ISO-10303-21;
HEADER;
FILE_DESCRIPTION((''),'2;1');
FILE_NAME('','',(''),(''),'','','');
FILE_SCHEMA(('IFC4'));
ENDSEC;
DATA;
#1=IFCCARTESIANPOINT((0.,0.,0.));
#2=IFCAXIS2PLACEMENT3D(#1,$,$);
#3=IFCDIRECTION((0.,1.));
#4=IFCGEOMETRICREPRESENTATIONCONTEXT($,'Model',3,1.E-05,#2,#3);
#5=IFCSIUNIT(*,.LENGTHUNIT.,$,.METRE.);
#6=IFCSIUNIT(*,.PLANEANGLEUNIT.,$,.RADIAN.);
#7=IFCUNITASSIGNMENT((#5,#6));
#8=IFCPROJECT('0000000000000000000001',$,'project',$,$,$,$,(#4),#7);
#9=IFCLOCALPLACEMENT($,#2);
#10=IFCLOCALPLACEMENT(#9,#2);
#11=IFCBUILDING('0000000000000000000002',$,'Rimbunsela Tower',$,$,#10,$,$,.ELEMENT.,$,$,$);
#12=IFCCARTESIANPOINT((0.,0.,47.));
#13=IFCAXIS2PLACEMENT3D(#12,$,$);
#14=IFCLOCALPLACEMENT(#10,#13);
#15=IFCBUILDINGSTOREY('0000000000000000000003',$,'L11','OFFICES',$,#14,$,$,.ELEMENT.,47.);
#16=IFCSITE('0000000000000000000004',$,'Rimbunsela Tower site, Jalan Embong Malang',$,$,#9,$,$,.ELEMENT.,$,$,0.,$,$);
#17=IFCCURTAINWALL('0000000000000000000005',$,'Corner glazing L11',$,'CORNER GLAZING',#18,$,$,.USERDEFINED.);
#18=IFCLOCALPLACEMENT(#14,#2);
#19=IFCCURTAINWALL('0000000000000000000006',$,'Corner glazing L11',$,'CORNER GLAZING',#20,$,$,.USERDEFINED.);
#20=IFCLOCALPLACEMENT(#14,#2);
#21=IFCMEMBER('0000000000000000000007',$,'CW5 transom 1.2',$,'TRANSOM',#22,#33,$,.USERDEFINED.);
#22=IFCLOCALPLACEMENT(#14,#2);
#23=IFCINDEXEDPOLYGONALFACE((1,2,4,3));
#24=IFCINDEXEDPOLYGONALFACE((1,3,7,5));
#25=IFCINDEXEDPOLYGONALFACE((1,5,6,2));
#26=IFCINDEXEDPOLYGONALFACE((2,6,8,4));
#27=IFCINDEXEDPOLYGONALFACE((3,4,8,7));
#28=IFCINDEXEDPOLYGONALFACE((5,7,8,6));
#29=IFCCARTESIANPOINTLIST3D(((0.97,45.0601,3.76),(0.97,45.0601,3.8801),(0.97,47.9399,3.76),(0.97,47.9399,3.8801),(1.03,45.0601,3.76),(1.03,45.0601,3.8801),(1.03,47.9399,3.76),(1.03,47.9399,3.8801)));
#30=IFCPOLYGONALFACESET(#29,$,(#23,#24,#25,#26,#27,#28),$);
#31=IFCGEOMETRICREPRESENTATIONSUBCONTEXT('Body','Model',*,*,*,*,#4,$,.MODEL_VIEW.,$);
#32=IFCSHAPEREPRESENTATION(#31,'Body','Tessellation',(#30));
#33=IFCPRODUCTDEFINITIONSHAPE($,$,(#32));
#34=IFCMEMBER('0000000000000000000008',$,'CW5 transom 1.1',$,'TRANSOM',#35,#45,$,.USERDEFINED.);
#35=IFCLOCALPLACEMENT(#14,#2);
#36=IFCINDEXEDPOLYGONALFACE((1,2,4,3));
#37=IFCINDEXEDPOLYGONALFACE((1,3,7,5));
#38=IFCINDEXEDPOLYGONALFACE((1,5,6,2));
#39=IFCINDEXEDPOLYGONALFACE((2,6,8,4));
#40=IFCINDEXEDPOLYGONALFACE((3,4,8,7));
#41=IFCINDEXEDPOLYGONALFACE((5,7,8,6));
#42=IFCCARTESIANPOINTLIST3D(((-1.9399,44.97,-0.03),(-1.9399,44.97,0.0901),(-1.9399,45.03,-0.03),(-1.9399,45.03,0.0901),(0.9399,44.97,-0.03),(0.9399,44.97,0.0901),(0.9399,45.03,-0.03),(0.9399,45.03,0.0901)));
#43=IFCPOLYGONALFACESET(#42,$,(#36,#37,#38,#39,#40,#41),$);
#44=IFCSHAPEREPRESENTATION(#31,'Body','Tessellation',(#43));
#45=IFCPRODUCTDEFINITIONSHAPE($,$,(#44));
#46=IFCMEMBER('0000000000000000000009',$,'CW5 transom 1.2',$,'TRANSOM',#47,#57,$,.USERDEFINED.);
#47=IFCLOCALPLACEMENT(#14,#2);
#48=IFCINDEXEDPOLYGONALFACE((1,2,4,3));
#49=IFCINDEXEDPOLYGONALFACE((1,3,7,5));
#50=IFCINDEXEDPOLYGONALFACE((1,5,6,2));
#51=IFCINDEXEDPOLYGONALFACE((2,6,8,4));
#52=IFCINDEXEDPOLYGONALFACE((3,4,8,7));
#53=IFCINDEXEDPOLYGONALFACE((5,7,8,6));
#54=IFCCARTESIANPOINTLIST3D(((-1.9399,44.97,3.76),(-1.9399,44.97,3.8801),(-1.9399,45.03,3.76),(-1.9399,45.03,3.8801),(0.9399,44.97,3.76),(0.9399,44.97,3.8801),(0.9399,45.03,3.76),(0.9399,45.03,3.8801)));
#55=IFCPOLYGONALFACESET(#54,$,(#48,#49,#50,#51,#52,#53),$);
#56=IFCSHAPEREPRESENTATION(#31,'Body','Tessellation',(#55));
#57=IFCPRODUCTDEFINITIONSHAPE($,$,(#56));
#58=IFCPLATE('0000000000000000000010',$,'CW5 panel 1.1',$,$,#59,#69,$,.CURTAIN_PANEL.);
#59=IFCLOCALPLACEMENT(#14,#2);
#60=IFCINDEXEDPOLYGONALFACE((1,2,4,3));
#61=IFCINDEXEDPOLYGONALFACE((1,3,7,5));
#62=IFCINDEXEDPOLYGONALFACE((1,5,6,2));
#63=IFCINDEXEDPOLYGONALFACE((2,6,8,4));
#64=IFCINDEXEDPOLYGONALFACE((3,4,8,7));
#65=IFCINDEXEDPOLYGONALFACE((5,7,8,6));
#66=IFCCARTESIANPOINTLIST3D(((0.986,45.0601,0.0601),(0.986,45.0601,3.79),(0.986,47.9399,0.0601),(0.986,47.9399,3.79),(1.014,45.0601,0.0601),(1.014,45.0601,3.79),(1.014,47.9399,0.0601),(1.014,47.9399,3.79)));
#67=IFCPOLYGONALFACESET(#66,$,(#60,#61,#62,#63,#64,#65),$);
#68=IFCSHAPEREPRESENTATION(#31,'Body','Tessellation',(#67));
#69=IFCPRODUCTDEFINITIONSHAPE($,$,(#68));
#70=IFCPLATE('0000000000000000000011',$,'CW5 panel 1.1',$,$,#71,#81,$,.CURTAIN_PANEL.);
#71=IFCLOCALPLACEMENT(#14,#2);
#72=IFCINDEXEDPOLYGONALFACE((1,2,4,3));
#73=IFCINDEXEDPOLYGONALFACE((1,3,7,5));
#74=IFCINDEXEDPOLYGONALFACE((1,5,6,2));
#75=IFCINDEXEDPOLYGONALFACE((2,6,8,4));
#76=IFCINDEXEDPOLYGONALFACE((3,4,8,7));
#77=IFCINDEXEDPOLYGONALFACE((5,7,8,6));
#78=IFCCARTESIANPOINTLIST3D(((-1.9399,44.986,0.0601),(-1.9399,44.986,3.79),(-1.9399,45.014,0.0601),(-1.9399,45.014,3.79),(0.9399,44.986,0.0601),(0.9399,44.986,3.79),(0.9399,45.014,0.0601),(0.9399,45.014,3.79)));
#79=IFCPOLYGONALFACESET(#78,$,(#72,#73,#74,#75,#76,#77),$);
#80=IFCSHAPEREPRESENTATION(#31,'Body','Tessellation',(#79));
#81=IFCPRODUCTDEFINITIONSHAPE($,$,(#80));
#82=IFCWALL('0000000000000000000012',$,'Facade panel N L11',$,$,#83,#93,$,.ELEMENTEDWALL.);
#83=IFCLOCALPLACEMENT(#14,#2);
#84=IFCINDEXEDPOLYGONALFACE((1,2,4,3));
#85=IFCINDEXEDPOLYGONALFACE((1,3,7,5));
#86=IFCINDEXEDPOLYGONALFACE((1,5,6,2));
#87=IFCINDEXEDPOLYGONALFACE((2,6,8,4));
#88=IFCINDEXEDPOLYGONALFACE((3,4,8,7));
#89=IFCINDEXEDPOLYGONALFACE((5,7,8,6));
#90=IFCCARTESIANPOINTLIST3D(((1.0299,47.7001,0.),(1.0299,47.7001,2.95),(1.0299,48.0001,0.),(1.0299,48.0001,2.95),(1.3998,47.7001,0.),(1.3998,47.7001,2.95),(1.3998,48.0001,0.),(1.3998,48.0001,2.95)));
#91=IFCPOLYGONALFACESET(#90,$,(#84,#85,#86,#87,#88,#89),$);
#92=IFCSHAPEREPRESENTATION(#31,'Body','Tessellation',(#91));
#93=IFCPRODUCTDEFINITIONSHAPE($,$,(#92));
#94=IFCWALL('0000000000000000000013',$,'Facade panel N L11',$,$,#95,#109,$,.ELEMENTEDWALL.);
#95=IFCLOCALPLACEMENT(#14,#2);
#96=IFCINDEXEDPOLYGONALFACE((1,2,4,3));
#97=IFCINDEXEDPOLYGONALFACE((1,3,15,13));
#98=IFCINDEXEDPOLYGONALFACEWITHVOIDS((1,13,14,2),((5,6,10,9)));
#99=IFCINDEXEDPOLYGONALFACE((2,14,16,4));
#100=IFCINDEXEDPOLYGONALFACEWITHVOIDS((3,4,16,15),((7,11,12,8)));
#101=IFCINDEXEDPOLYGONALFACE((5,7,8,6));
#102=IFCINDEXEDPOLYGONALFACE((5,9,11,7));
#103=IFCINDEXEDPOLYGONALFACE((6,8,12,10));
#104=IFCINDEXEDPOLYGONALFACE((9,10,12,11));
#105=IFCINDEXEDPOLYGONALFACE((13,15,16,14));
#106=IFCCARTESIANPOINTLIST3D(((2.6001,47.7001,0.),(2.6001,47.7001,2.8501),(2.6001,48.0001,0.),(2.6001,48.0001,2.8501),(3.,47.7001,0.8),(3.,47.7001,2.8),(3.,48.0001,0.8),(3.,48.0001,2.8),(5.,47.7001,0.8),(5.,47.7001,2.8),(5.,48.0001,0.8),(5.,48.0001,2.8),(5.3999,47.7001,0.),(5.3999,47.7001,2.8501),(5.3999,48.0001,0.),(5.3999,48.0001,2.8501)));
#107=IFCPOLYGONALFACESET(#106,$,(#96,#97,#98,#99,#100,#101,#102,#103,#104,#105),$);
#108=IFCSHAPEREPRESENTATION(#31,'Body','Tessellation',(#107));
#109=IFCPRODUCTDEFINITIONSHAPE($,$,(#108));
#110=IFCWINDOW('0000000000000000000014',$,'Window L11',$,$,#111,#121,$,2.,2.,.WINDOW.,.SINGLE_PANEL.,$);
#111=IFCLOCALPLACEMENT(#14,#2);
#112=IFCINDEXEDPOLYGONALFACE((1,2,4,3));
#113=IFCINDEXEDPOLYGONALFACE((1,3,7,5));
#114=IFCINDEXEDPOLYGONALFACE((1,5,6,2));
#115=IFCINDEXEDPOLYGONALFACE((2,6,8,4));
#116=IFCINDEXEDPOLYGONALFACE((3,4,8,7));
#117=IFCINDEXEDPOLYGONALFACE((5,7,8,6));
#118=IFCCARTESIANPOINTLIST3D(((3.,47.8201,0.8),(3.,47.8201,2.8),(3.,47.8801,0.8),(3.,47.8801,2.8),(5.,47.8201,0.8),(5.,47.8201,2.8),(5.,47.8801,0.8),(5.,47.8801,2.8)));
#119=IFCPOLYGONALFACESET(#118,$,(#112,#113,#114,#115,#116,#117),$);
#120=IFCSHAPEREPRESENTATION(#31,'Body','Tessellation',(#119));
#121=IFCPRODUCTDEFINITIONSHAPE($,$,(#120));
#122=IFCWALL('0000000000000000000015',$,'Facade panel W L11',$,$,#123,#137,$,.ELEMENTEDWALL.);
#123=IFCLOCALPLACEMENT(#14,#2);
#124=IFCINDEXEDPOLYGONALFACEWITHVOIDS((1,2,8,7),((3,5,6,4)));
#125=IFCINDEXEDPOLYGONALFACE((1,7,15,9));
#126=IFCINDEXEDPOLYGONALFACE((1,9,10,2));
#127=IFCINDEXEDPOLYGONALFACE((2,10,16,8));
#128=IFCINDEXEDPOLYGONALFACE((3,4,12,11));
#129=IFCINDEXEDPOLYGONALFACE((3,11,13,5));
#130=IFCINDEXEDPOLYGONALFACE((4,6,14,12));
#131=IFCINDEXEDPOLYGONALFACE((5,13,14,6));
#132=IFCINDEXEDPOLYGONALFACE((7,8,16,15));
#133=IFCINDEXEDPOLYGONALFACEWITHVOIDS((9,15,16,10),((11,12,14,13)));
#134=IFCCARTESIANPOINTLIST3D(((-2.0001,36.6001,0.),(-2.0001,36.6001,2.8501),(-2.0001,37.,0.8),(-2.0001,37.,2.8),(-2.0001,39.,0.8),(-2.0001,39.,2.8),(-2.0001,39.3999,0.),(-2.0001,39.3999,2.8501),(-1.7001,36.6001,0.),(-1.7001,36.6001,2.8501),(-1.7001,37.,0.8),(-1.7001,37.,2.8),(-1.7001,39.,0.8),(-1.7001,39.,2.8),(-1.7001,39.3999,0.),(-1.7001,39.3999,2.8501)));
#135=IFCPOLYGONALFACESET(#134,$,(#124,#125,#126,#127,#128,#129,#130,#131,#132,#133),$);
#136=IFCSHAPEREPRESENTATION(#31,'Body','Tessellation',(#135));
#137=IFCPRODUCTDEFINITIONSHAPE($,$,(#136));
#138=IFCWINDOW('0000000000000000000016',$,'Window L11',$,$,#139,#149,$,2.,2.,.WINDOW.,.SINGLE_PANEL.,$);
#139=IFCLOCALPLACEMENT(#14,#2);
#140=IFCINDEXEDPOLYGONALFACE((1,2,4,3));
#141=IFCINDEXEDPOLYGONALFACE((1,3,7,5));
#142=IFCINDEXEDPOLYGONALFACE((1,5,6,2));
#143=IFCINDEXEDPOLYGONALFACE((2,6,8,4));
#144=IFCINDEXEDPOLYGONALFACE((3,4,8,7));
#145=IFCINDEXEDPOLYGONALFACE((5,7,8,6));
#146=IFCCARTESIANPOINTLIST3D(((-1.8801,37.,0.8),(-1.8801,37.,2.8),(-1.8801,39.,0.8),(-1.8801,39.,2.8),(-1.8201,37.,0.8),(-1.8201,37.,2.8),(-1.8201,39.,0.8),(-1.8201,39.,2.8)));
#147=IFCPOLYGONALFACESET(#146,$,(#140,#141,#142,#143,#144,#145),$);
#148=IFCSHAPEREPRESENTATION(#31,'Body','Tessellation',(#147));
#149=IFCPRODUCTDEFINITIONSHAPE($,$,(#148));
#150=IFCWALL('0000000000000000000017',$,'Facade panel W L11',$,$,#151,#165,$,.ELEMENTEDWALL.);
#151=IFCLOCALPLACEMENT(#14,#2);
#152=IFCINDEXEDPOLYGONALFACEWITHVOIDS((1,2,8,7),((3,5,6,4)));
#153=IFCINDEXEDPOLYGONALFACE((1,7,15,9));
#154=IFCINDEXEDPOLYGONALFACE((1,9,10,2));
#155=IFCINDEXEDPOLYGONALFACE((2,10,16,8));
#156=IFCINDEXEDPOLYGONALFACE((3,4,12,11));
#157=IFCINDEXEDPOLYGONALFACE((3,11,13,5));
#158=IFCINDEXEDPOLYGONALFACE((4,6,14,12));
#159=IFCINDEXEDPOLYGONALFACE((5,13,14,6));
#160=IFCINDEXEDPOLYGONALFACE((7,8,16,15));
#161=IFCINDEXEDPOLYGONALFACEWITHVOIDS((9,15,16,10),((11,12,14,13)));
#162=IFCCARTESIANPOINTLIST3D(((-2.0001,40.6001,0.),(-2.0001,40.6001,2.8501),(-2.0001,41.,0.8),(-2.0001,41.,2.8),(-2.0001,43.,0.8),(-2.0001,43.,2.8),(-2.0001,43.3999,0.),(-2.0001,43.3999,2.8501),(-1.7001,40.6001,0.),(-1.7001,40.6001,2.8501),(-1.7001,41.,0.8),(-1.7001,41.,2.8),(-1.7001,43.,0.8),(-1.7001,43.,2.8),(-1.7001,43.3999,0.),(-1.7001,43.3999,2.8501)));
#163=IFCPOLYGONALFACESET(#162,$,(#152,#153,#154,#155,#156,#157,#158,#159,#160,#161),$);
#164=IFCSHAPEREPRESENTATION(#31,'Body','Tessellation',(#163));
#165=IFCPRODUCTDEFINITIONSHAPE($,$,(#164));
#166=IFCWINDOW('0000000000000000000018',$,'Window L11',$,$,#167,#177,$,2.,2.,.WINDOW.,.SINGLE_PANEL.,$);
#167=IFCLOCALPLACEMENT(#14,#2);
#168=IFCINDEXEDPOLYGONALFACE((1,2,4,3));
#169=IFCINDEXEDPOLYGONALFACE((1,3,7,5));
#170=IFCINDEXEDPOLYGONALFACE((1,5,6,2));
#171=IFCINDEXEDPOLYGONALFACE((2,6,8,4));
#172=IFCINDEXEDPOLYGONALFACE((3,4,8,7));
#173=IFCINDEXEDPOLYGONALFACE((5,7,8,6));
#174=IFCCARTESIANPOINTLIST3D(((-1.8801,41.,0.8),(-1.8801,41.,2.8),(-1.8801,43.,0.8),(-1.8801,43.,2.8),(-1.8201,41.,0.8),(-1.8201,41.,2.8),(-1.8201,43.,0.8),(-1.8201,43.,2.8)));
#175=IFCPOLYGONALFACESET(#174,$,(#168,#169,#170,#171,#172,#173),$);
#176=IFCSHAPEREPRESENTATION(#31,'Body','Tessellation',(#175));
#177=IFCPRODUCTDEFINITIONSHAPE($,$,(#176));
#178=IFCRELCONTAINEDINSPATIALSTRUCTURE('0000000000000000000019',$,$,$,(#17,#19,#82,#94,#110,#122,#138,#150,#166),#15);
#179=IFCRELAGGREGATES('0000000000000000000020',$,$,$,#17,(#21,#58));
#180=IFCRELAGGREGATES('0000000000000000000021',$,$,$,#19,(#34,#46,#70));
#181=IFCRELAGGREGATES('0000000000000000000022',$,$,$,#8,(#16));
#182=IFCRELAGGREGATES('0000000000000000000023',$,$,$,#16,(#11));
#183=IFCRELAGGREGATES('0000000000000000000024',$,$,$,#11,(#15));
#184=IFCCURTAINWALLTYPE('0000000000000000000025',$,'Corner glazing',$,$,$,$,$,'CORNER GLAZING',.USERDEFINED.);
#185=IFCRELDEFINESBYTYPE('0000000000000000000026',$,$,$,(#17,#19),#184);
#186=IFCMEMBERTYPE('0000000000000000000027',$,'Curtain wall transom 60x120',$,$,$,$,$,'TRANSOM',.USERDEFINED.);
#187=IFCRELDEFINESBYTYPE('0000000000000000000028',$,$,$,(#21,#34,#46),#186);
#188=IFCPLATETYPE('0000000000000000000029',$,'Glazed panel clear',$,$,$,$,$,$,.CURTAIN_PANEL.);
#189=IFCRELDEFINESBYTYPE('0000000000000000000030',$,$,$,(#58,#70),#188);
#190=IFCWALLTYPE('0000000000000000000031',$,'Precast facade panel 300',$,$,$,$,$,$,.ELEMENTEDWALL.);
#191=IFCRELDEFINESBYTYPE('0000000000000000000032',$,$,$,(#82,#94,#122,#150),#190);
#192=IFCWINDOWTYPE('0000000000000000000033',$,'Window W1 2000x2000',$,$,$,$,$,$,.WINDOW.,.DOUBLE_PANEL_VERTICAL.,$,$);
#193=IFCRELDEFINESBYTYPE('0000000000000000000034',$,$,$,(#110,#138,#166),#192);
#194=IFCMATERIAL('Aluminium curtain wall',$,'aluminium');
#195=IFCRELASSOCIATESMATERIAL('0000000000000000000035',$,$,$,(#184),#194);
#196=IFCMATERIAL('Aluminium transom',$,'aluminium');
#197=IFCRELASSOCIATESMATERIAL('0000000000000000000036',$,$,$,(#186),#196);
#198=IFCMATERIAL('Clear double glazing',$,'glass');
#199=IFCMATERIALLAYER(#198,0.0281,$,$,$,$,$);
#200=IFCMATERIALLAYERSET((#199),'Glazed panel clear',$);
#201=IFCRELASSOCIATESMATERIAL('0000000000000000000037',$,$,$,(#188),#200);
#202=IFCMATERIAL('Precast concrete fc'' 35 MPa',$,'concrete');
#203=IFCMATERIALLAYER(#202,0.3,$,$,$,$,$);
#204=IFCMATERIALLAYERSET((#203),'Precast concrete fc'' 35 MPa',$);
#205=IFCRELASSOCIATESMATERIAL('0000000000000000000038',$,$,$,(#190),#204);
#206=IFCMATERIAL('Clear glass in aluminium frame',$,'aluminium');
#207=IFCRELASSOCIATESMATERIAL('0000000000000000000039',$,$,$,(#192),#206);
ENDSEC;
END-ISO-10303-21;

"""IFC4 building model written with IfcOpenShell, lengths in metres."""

from ifc_helpers import new_model, si_unit, direction, frame, frame_2d, origin, origin_2d, place, context, subcontext, project, spatial, rectangle, extrude, material, layer, layer_set, material_profile, profile_set, type_object, element, fill, aggregate, save


model = new_model("IFC4")

# Units and contexts
model_context = context("Model", 3, precision=1e-05, world=origin(), true_north=direction((0.0, 1.0)))
body_context = subcontext(model_context, "Body", "Model", "MODEL_VIEW")
ifc_project = project(units=[si_unit("LENGTHUNIT", "METRE"), si_unit("PLANEANGLEUNIT", "RADIAN")], contexts=[model_context])

# Site, building, storey
site_placement = place(None, origin())
site = spatial("IfcSite", under=ifc_project, at=site_placement, Name="Rimbunsela Tower site, Jalan Embong Malang", CompositionType="ELEMENT", RefElevation=0.0)
building_placement = place(site_placement, origin())
building = spatial("IfcBuilding", under=site, at=building_placement, Name="Rimbunsela Tower", CompositionType="ELEMENT")
storey_placement = place(building_placement, frame((0.0, 0.0, 47.0)))
storey = spatial("IfcBuildingStorey", under=building, at=storey_placement, Name="L11", Description="OFFICES", CompositionType="ELEMENT", Elevation=47.0)

# Curtain walls
ifc_material_1 = material(Name="Aluminium curtain wall", Category="aluminium")
curtain_wall_type = type_object("IfcCurtainWallType", Name="Corner glazing", ElementType="CORNER GLAZING", PredefinedType="USERDEFINED", material=ifc_material_1)
curtain_wall_1_placement = place(storey_placement, origin())
curtain_wall_1 = element("IfcCurtainWall", 1, at=curtain_wall_1_placement, inside=storey, type_object=curtain_wall_type, Name="Corner glazing L11", ObjectType="CORNER GLAZING", PredefinedType="USERDEFINED")
curtain_wall_2_placement = place(storey_placement, origin())
curtain_wall_2 = element("IfcCurtainWall", 2, at=curtain_wall_2_placement, inside=storey, type_object=curtain_wall_type, Name="Corner glazing L11", ObjectType="CORNER GLAZING", PredefinedType="USERDEFINED")

# Members
ifc_material_2 = material(Name="Aluminium transom", Category="aluminium")
ifc_material_profile_1 = material_profile(ifc_material_2, rectangle(XDim=0.0601, YDim=0.1201, at=origin_2d()), Name="Transom 60x120")
ifc_profile_set_1 = profile_set([ifc_material_profile_1], Name="Aluminium transom")
member_type_1 = type_object("IfcMemberType", Name="Curtain wall transom 60x120", ElementType="TRANSOM", PredefinedType="USERDEFINED", material=ifc_profile_set_1)
member_1_placement = place(storey_placement, frame((1.0, 47.9399, 3.8201), z_axis=(0.0, -1.0, 0.0), x_axis=(1.0, 0.0, 0.0)))
member_1 = element("IfcMember", 3, at=member_1_placement, type_object=member_type_1, Name="CW5 transom 1.2", ObjectType="TRANSOM", PredefinedType="USERDEFINED", context=body_context, shape_type="SweptSolid", body=[
    extrude(rectangle(XDim=0.0601, YDim=0.1201, at=origin_2d()), origin(), (0.0, 0.0, 1.0), 2.8799),
])
member_2_placement = place(storey_placement, frame((0.9399, 45.0, 0.03), z_axis=(-1.0, 0.0, 0.0), x_axis=(0.0, -1.0, 0.0)))
member_2 = element("IfcMember", 4, at=member_2_placement, type_object=member_type_1, Name="CW5 transom 1.1", ObjectType="TRANSOM", PredefinedType="USERDEFINED", context=body_context, shape_type="SweptSolid", body=[
    extrude(rectangle(XDim=0.0601, YDim=0.1201, at=origin_2d()), origin(), (0.0, 0.0, 1.0), 2.8799),
])
member_3_placement = place(storey_placement, frame((0.9399, 45.0, 3.8201), z_axis=(-1.0, 0.0, 0.0), x_axis=(0.0, -1.0, 0.0)))
member_3 = element("IfcMember", 5, at=member_3_placement, type_object=member_type_1, Name="CW5 transom 1.2", ObjectType="TRANSOM", PredefinedType="USERDEFINED", context=body_context, shape_type="SweptSolid", body=[
    extrude(rectangle(XDim=0.0601, YDim=0.1201, at=origin_2d()), origin(), (0.0, 0.0, 1.0), 2.8799),
])

# Plates
ifc_material_3 = material(Name="Clear double glazing", Category="glass")
ifc_layer_1 = layer(ifc_material_3, 0.0281)
ifc_layer_set_1 = layer_set([ifc_layer_1], Name="Glazed panel clear")
plate_type = type_object("IfcPlateType", Name="Glazed panel clear", PredefinedType="CURTAIN_PANEL", material=ifc_layer_set_1)
plate_1_placement = place(storey_placement, frame((1.0, 46.5, 0.0601), z_axis=(0.0, 0.0, 1.0), x_axis=(0.0, -1.0, 0.0)))
plate_1 = element("IfcPlate", 6, at=plate_1_placement, type_object=plate_type, Name="CW5 panel 1.1", PredefinedType="CURTAIN_PANEL", context=body_context, shape_type="SweptSolid", body=[
    extrude(rectangle(XDim=2.8799, YDim=0.0281, at=origin_2d()), origin(), (0.0, 0.0, 1.0), 3.73),
])
aggregate(curtain_wall_1, [member_1, plate_1])
plate_2_placement = place(storey_placement, frame((-0.5, 45.0, 0.0601), z_axis=(0.0, 0.0, 1.0), x_axis=(-1.0, 0.0, 0.0)))
plate_2 = element("IfcPlate", 7, at=plate_2_placement, type_object=plate_type, Name="CW5 panel 1.1", PredefinedType="CURTAIN_PANEL", context=body_context, shape_type="SweptSolid", body=[
    extrude(rectangle(XDim=2.8799, YDim=0.0281, at=origin_2d()), origin(), (0.0, 0.0, 1.0), 3.73),
])
aggregate(curtain_wall_2, [member_2, member_3, plate_2])

# Wall
ifc_material_4 = material(Name="Precast concrete fc' 35 MPa", Category="concrete")
ifc_layer_2 = layer(ifc_material_4, 0.3)
ifc_layer_set_2 = layer_set([ifc_layer_2], Name="Precast concrete fc' 35 MPa")
wall_type = type_object("IfcWallType", Name="Precast facade panel 300", PredefinedType="ELEMENTEDWALL", material=ifc_layer_set_2)
wall_1_placement = place(storey_placement, frame((1.3999, 47.8501, 0.0), z_axis=(0.0, 0.0, 1.0), x_axis=(-1.0, 0.0, 0.0)))
element("IfcWall", 8, at=wall_1_placement, inside=storey, type_object=wall_type, Name="Facade panel N L11", PredefinedType="ELEMENTEDWALL", context=body_context, shape_type="SweptSolid", body=[
    extrude(rectangle(XDim=0.3699, YDim=0.3, at=frame_2d((0.1851, 0.0))), origin(), (0.0, 0.0, 1.0), 2.95),
])

# Walls, openings, windows
wall_2_placement = place(storey_placement, frame((5.3999, 47.8501, 0.0), z_axis=(0.0, 0.0, 1.0), x_axis=(-1.0, 0.0, 0.0)))
wall_2 = element("IfcWall", 9, at=wall_2_placement, inside=storey, type_object=wall_type, Name="Facade panel N L11", PredefinedType="ELEMENTEDWALL", context=body_context, shape_type="SweptSolid", body=[
    extrude(rectangle(XDim=2.7998, YDim=0.3, at=frame_2d((1.3999, 0.0))), origin(), (0.0, 0.0, 1.0), 2.8501),
])
opening_1_placement = place(wall_2_placement, frame((0.3999, 0.0, 0.8)))
opening_1 = element("IfcOpeningElement", 10, at=opening_1_placement, cuts=wall_2, PredefinedType="OPENING", context=body_context, shape_type="SweptSolid", body=[
    extrude(rectangle(XDim=2.0, YDim=2.0, at=frame_2d((1.0, 1.0))), frame((0.0, 0.1599, 0.0), z_axis=(0.0, -1.0, 0.0), x_axis=(1.0, 0.0, 0.0)), (0.0, 0.0, 1.0), 0.3201),
])
ifc_material_5 = material(Name="Clear glass in aluminium frame", Category="aluminium")
window_type = type_object("IfcWindowType", Name="Window W1 2000x2000", PartitioningType="DOUBLE_PANEL_VERTICAL", PredefinedType="WINDOW", material=ifc_material_5)
window_1_placement = place(opening_1_placement, origin())
window_1 = element("IfcWindow", 11, at=window_1_placement, inside=storey, type_object=window_type, Name="Window L11", OverallHeight=2.0, OverallWidth=2.0, PartitioningType="SINGLE_PANEL", PredefinedType="WINDOW", context=body_context, shape_type="SweptSolid", body=[
    extrude(rectangle(XDim=2.0, YDim=2.0, at=frame_2d((1.0, 1.0))), frame((0.0, 0.03, 0.0), z_axis=(0.0, -1.0, 0.0), x_axis=(1.0, 0.0, 0.0)), (0.0, 0.0, 1.0), 0.0601),
])
fill(opening_1, window_1)
wall_3_placement = place(storey_placement, frame((-1.8501, 39.3999, 0.0), z_axis=(0.0, 0.0, 1.0), x_axis=(0.0, -1.0, 0.0)))
wall_3 = element("IfcWall", 12, at=wall_3_placement, inside=storey, type_object=wall_type, Name="Facade panel W L11", PredefinedType="ELEMENTEDWALL", context=body_context, shape_type="SweptSolid", body=[
    extrude(rectangle(XDim=2.7998, YDim=0.3, at=frame_2d((1.3999, 0.0))), origin(), (0.0, 0.0, 1.0), 2.8501),
])
opening_2_placement = place(wall_3_placement, frame((0.3999, 0.0, 0.8)))
opening_2 = element("IfcOpeningElement", 13, at=opening_2_placement, cuts=wall_3, PredefinedType="OPENING", context=body_context, shape_type="SweptSolid", body=[
    extrude(rectangle(XDim=2.0, YDim=2.0, at=frame_2d((1.0, 1.0))), frame((0.0, 0.1599, 0.0), z_axis=(0.0, -1.0, 0.0), x_axis=(1.0, 0.0, 0.0)), (0.0, 0.0, 1.0), 0.3201),
])
window_2_placement = place(opening_2_placement, origin())
window_2 = element("IfcWindow", 14, at=window_2_placement, inside=storey, type_object=window_type, Name="Window L11", OverallHeight=2.0, OverallWidth=2.0, PartitioningType="SINGLE_PANEL", PredefinedType="WINDOW", context=body_context, shape_type="SweptSolid", body=[
    extrude(rectangle(XDim=2.0, YDim=2.0, at=frame_2d((1.0, 1.0))), frame((0.0, 0.03, 0.0), z_axis=(0.0, -1.0, 0.0), x_axis=(1.0, 0.0, 0.0)), (0.0, 0.0, 1.0), 0.0601),
])
fill(opening_2, window_2)
wall_4_placement = place(storey_placement, frame((-1.8501, 43.3999, 0.0), z_axis=(0.0, 0.0, 1.0), x_axis=(0.0, -1.0, 0.0)))
wall_4 = element("IfcWall", 15, at=wall_4_placement, inside=storey, type_object=wall_type, Name="Facade panel W L11", PredefinedType="ELEMENTEDWALL", context=body_context, shape_type="SweptSolid", body=[
    extrude(rectangle(XDim=2.7998, YDim=0.3, at=frame_2d((1.3999, 0.0))), origin(), (0.0, 0.0, 1.0), 2.8501),
])
opening_3_placement = place(wall_4_placement, frame((0.3999, 0.0, 0.8)))
opening_3 = element("IfcOpeningElement", 16, at=opening_3_placement, cuts=wall_4, PredefinedType="OPENING", context=body_context, shape_type="SweptSolid", body=[
    extrude(rectangle(XDim=2.0, YDim=2.0, at=frame_2d((1.0, 1.0))), frame((0.0, 0.1599, 0.0), z_axis=(0.0, -1.0, 0.0), x_axis=(1.0, 0.0, 0.0)), (0.0, 0.0, 1.0), 0.3201),
])
window_3_placement = place(opening_3_placement, origin())
window_3 = element("IfcWindow", 17, at=window_3_placement, inside=storey, type_object=window_type, Name="Window L11", OverallHeight=2.0, OverallWidth=2.0, PartitioningType="SINGLE_PANEL", PredefinedType="WINDOW", context=body_context, shape_type="SweptSolid", body=[
    extrude(rectangle(XDim=2.0, YDim=2.0, at=frame_2d((1.0, 1.0))), frame((0.0, 0.03, 0.0), z_axis=(0.0, -1.0, 0.0), x_axis=(1.0, 0.0, 0.0)), (0.0, 0.0, 1.0), 0.0601),
])
fill(opening_3, window_3)

save(model, "model.ifc")
